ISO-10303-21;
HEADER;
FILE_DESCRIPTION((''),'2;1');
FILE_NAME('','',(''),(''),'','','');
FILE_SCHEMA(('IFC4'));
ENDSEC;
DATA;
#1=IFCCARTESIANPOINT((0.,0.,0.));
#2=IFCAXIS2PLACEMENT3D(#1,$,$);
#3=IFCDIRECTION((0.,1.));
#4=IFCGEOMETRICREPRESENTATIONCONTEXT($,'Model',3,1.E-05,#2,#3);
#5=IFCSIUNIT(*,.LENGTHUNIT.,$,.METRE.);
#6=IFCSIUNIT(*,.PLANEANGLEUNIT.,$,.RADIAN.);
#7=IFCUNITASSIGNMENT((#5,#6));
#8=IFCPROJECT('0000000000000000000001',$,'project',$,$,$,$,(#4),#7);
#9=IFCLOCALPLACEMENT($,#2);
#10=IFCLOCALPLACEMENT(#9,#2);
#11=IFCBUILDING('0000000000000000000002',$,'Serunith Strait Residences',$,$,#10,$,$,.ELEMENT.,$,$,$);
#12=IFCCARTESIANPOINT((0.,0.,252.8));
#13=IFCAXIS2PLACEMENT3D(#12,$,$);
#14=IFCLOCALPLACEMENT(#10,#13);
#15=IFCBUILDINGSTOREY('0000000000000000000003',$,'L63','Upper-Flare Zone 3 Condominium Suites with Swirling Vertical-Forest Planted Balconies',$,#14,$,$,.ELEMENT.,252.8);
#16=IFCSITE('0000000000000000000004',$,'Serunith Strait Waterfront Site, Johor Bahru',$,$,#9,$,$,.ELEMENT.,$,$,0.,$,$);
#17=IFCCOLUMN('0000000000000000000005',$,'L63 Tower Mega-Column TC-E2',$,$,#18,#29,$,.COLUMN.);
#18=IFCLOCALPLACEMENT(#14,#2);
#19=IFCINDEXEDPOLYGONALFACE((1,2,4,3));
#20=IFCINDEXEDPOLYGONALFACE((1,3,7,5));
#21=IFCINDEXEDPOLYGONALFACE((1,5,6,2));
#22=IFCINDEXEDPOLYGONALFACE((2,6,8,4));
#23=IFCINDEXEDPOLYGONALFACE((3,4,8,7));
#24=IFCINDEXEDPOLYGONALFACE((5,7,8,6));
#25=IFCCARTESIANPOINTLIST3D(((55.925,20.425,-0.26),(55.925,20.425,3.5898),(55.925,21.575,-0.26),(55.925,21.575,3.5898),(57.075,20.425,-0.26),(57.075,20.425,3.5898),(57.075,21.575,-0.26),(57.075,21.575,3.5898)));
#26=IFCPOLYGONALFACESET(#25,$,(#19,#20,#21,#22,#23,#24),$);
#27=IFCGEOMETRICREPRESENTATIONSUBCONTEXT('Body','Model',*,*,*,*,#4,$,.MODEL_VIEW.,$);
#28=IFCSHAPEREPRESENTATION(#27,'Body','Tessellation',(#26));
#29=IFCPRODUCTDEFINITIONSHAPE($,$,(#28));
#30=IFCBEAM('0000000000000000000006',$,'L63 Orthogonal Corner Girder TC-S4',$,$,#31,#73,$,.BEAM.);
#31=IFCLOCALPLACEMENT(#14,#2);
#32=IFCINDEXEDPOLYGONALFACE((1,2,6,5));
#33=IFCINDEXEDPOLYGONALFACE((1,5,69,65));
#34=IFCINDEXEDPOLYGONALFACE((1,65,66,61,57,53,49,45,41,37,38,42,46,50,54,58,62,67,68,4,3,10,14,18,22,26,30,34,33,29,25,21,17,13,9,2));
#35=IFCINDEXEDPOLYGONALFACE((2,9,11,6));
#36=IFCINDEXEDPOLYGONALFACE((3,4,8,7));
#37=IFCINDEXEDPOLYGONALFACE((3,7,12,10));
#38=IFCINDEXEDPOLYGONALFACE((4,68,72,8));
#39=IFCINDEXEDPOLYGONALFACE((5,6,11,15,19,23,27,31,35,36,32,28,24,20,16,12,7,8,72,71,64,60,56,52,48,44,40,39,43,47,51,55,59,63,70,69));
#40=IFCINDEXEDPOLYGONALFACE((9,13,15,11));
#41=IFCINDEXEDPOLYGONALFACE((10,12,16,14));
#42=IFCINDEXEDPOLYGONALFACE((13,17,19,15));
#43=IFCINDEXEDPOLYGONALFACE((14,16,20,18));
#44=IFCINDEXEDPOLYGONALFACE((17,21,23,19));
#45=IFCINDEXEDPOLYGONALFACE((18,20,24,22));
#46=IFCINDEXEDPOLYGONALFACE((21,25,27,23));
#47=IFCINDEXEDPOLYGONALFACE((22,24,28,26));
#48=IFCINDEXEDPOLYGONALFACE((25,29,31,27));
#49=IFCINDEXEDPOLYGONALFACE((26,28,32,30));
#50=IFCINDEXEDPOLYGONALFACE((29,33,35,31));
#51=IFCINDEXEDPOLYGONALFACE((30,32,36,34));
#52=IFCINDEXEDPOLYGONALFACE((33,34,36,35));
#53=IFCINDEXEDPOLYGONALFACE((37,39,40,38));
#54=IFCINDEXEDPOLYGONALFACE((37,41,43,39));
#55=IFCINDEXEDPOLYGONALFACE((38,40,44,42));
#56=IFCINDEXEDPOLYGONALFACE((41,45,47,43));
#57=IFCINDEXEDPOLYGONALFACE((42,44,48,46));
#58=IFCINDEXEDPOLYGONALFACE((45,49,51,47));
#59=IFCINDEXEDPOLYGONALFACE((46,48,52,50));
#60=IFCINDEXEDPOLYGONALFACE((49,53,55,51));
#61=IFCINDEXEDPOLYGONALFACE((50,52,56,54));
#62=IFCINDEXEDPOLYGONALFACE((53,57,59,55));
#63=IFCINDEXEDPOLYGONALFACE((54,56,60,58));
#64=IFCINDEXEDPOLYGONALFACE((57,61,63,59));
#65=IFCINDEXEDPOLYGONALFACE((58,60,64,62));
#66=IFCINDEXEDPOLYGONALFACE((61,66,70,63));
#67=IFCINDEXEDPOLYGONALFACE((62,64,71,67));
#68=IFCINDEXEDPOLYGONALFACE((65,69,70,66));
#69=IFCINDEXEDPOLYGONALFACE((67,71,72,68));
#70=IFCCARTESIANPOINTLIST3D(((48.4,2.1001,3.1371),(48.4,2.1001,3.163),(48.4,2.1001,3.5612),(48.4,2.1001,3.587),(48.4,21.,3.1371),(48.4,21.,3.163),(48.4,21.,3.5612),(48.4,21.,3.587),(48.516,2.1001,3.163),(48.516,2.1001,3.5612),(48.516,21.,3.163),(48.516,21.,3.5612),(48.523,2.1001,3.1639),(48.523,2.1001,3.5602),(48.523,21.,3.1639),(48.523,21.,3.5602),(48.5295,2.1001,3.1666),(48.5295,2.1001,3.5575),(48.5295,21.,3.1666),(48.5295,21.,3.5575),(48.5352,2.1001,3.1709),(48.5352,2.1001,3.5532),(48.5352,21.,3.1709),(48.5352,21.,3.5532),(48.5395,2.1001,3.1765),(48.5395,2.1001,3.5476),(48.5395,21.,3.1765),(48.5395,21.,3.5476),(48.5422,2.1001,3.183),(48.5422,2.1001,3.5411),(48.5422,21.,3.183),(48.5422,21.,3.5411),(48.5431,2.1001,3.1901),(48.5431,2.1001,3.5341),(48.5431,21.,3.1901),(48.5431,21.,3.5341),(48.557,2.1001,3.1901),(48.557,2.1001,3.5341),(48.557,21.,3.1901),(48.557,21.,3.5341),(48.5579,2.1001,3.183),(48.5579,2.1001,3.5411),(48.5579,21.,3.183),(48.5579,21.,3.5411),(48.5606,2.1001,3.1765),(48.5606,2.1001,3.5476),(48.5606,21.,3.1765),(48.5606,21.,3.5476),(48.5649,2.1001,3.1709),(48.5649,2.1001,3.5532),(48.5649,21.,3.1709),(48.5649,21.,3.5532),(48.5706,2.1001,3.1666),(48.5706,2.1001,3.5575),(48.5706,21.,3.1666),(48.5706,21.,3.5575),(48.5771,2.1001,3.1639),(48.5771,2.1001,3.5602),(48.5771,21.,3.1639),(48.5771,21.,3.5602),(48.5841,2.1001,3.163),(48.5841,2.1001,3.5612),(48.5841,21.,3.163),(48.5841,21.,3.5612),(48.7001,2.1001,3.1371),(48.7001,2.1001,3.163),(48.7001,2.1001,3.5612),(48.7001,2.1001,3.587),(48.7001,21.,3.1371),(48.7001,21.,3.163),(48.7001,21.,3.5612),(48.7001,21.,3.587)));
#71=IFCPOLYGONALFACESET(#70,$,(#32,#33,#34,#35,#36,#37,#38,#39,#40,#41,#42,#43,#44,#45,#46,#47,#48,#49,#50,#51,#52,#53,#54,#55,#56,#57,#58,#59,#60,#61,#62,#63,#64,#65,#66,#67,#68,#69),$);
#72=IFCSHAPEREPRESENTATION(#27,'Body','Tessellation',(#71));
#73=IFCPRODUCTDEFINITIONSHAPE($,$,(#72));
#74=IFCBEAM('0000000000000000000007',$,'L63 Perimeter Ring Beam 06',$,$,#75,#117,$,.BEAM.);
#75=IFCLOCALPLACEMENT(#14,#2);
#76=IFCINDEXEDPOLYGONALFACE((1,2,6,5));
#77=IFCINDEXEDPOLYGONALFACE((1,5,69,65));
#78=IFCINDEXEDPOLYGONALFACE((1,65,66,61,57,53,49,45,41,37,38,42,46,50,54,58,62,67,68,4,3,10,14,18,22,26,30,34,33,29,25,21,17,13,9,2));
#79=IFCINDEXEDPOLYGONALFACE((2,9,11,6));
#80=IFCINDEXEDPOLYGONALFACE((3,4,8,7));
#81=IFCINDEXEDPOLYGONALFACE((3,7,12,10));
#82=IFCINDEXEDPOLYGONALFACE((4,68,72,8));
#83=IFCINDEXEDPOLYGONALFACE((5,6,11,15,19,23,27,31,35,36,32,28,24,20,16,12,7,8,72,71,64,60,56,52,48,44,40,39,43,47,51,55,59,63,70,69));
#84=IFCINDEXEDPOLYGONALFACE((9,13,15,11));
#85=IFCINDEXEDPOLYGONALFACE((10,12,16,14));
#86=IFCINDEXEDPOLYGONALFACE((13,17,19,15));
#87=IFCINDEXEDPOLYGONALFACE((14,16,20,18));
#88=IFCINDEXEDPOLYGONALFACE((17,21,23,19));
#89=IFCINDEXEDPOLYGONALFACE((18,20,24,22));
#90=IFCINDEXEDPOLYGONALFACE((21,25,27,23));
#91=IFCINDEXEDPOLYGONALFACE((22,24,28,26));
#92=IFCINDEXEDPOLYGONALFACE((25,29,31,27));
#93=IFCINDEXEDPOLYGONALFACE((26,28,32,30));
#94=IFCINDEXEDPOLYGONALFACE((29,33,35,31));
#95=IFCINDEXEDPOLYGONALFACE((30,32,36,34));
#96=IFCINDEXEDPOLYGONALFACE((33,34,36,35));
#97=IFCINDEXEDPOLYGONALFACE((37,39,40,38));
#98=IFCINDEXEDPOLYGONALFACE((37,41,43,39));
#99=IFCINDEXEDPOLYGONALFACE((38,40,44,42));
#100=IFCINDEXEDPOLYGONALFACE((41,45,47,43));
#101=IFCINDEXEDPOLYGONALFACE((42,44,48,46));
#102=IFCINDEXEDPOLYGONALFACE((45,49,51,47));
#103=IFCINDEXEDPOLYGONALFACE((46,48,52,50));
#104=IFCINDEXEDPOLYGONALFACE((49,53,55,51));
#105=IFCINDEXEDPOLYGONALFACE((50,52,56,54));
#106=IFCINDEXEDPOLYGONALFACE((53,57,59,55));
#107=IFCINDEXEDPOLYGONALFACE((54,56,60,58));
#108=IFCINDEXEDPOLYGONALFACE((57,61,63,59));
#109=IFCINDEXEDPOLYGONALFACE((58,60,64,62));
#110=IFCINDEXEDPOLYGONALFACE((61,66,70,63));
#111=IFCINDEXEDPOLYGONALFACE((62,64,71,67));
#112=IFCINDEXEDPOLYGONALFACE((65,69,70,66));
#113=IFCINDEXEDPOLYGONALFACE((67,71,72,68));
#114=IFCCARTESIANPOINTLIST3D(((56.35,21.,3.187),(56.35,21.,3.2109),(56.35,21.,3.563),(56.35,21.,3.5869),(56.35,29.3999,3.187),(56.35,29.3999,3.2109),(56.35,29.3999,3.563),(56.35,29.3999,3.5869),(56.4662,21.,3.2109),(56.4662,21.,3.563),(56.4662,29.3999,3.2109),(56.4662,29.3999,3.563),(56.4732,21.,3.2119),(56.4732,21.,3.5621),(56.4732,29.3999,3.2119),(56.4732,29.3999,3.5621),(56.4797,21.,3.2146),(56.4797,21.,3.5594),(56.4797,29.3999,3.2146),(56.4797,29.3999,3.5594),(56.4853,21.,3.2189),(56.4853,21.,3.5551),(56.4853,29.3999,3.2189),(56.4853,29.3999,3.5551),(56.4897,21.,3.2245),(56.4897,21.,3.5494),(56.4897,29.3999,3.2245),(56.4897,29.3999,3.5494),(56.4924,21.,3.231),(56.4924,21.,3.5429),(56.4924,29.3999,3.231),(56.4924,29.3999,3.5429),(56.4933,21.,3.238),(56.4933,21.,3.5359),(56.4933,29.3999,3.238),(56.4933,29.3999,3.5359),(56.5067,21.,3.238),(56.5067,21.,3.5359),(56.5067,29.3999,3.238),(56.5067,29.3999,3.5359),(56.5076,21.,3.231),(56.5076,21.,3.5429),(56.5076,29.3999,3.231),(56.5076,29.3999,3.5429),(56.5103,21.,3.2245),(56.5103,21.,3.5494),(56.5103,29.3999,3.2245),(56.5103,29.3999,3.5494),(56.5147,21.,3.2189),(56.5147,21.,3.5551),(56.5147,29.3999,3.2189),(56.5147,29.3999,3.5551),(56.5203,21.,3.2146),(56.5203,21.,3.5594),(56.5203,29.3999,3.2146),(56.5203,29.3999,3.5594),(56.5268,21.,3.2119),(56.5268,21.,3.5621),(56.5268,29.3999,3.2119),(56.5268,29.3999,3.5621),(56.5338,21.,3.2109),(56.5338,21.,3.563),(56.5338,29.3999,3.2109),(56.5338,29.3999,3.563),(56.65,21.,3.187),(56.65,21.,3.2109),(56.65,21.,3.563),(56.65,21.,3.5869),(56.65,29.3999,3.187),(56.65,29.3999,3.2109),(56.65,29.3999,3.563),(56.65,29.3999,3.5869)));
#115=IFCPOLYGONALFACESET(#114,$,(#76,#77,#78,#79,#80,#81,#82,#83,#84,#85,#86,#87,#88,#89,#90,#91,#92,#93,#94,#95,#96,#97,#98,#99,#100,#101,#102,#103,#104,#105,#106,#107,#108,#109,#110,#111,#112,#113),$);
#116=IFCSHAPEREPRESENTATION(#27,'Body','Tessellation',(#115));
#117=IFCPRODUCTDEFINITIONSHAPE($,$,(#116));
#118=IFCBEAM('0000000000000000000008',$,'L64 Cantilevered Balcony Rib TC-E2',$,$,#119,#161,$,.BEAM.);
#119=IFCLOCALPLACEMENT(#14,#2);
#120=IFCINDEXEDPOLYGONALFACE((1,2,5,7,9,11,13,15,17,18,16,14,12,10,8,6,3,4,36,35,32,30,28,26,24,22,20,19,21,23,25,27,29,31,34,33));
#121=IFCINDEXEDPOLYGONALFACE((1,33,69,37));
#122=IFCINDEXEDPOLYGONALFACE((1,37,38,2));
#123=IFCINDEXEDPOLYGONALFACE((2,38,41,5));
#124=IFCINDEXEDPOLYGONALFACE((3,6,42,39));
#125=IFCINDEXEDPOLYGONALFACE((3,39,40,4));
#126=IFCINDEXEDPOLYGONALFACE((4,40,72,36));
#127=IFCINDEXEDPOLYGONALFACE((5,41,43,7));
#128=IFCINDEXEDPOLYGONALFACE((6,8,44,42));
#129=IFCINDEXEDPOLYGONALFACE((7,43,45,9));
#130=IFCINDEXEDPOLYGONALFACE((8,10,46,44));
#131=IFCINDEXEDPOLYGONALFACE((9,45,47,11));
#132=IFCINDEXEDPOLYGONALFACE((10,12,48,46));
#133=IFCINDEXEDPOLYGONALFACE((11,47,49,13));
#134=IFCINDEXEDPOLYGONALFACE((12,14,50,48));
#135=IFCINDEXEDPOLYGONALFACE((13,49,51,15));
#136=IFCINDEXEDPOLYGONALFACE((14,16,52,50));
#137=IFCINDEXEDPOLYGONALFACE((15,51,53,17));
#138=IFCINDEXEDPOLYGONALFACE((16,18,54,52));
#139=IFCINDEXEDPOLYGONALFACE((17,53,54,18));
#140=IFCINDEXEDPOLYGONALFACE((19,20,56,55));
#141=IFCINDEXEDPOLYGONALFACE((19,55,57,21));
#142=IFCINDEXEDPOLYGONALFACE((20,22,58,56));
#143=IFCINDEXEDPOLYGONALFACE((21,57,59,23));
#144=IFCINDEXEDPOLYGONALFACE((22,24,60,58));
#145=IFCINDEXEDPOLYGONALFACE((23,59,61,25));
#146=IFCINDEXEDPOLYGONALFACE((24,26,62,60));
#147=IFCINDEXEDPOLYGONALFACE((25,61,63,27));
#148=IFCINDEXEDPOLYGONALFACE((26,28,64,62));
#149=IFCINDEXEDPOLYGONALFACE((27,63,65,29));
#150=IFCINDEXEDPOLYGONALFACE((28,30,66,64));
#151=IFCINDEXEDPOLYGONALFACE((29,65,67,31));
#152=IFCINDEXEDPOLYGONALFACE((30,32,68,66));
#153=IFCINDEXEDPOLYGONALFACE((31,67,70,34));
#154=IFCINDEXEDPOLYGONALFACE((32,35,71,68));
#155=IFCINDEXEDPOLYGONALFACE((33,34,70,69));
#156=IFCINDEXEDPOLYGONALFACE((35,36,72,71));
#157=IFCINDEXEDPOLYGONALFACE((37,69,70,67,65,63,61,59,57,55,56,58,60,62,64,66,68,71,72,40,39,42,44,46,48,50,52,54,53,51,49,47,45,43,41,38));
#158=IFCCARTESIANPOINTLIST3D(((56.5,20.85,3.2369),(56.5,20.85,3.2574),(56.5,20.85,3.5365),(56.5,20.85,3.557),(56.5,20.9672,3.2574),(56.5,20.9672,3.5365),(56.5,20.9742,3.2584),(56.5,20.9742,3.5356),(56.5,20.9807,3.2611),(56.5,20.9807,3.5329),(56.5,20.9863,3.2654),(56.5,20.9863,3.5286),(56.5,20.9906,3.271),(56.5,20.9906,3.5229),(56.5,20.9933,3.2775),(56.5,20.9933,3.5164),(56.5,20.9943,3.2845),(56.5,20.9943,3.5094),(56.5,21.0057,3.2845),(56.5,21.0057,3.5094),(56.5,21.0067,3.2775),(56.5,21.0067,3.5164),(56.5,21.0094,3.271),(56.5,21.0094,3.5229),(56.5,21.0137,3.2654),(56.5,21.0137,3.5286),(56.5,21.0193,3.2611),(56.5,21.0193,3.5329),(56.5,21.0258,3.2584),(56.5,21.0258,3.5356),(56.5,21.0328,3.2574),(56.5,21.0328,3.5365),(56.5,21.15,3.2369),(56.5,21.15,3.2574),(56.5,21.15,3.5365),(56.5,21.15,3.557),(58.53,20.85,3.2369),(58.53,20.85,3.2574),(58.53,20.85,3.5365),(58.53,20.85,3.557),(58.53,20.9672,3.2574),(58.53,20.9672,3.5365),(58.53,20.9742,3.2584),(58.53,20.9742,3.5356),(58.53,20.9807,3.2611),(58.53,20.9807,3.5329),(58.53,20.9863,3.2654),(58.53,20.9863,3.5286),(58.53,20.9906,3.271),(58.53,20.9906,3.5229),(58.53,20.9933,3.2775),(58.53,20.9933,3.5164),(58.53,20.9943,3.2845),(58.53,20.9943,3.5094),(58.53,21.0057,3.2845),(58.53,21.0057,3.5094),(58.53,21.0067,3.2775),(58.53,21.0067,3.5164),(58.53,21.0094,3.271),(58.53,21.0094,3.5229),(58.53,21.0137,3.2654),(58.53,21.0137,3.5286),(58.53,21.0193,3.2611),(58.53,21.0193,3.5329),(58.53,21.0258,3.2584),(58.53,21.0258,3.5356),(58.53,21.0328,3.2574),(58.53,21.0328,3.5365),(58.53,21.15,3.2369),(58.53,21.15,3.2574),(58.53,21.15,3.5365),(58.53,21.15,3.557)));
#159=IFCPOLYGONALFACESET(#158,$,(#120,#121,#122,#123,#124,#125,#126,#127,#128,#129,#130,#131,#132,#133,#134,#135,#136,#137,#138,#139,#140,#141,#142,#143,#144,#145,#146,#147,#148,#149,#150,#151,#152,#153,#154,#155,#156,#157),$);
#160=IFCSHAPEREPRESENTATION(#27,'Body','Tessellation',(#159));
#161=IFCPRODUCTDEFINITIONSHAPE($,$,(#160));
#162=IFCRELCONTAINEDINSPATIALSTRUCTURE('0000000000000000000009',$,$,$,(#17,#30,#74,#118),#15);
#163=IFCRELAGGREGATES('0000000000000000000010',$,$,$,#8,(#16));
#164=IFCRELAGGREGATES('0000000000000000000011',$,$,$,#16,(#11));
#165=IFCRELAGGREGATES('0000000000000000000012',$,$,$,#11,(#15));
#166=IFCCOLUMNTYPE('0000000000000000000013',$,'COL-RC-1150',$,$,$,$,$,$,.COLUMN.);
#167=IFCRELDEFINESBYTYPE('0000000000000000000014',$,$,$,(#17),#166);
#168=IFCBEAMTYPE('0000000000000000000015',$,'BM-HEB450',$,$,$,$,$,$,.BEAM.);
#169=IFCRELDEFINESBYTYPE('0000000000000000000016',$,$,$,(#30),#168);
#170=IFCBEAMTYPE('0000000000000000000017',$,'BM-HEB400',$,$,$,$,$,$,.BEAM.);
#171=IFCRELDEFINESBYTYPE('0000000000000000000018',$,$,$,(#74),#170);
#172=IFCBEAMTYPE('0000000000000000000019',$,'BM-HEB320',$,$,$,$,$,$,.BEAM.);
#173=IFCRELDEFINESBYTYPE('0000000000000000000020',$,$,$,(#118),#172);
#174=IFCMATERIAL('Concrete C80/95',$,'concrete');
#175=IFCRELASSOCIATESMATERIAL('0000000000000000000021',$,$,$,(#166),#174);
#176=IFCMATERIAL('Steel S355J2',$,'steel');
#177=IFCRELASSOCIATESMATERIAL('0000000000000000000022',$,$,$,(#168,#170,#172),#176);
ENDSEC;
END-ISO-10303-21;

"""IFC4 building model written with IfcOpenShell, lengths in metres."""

from ifc_helpers import new_model, si_unit, direction, frame, origin, origin_2d, place, context, subcontext, project, spatial, rectangle, i_section, extrude, source, transform, mapped, material, material_profile, profile_set, type_object, element, save


model = new_model("IFC4")

# Units and contexts
model_context = context("Model", 3, precision=1e-05, world=origin(), true_north=direction((0.0, 1.0)))
body_context = subcontext(model_context, "Body", "Model", "MODEL_VIEW")
ifc_project = project(units=[si_unit("LENGTHUNIT", "METRE"), si_unit("PLANEANGLEUNIT", "RADIAN")], contexts=[model_context])

# Site, building, storey
site_placement = place(None, origin())
site = spatial("IfcSite", under=ifc_project, at=site_placement, Name="Serunith Strait Waterfront Site, Johor Bahru", CompositionType="ELEMENT", RefElevation=0.0)
building_placement = place(site_placement, origin())
building = spatial("IfcBuilding", under=site, at=building_placement, Name="Serunith Strait Residences", CompositionType="ELEMENT")
storey_placement = place(building_placement, frame((0.0, 0.0, 252.8)))
storey = spatial("IfcBuildingStorey", under=building, at=storey_placement, Name="L63", Description="Upper-Flare Zone 3 Condominium Suites with Swirling Vertical-Forest Planted Balconies", CompositionType="ELEMENT", Elevation=252.8)

# Column
ifc_material_1 = material(Name="Concrete C80/95", Category="concrete")
ifc_material_profile_1 = material_profile(ifc_material_1, rectangle(XDim=1.1499, YDim=1.1499, at=origin_2d()), Name="RC 1150x1150")
ifc_profile_set_1 = profile_set([ifc_material_profile_1], Name="Concrete C80/95")
column_type = type_object("IfcColumnType", Name="COL-RC-1150", PredefinedType="COLUMN", material=ifc_profile_set_1)
shared_shape_1 = source(origin(), body_context, "Body", "SweptSolid", [
    extrude(rectangle(XDim=1.1499, YDim=1.1499, at=origin_2d()), origin(), (0.0, 0.0, 1.0), 3.8499),
])
column_placement = place(storey_placement, frame((56.5, 21.0, -0.26), z_axis=(0.0, 0.0, 1.0), x_axis=(1.0, 0.0, 0.0)))
element("IfcColumn", 1, at=column_placement, inside=storey, type_object=column_type, Name="L63 Tower Mega-Column TC-E2", PredefinedType="COLUMN", context=body_context, shape_type="MappedRepresentation", body=[
    mapped(shared_shape_1, transform((0.0, 0.0, 0.0), scale=1.0)),
])

# Beams
ifc_material_2 = material(Name="Steel S355J2", Category="steel")
ifc_material_profile_2 = material_profile(ifc_material_2, i_section(OverallWidth=0.3, OverallDepth=0.45, WebThickness=0.0139, FlangeThickness=0.0259, FilletRadius=0.0271, at=origin_2d()), Name="HEB 450")
ifc_profile_set_2 = profile_set([ifc_material_profile_2], Name="Steel S355J2")
beam_type_1 = type_object("IfcBeamType", Name="BM-HEB450", PredefinedType="BEAM", material=ifc_profile_set_2)
shared_shape_2 = source(origin(), body_context, "Body", "SweptSolid", [
    extrude(i_section(OverallWidth=0.3, OverallDepth=0.45, WebThickness=0.0139, FlangeThickness=0.0259, FilletRadius=0.0271, at=origin_2d()), origin(), (0.0, 0.0, 1.0), 18.8999),
])
beam_1_placement = place(storey_placement, frame((48.55, 21.0, 3.3621), z_axis=(0.0, -1.0, 0.0), x_axis=(1.0, 0.0, 0.0)))
element("IfcBeam", 2, at=beam_1_placement, inside=storey, type_object=beam_type_1, Name="L63 Orthogonal Corner Girder TC-S4", PredefinedType="BEAM", context=body_context, shape_type="MappedRepresentation", body=[
    mapped(shared_shape_2, transform((0.0, 0.0, 0.0), scale=1.0)),
])
ifc_material_profile_3 = material_profile(ifc_material_2, i_section(OverallWidth=0.3, OverallDepth=0.3999, WebThickness=0.0134, FlangeThickness=0.0239, FilletRadius=0.0271, at=origin_2d()), Name="HEB 400")
ifc_profile_set_3 = profile_set([ifc_material_profile_3], Name="Steel S355J2")
beam_type_2 = type_object("IfcBeamType", Name="BM-HEB400", PredefinedType="BEAM", material=ifc_profile_set_3)
shared_shape_3 = source(origin(), body_context, "Body", "SweptSolid", [
    extrude(i_section(OverallWidth=0.3, OverallDepth=0.3999, WebThickness=0.0134, FlangeThickness=0.0239, FilletRadius=0.0271, at=origin_2d()), origin(), (0.0, 0.0, 1.0), 8.3999),
])
beam_2_placement = place(storey_placement, frame((56.5, 21.0, 3.387), z_axis=(0.0, 1.0, 0.0), x_axis=(-1.0, 0.0, 0.0)))
element("IfcBeam", 3, at=beam_2_placement, inside=storey, type_object=beam_type_2, Name="L63 Perimeter Ring Beam 06", PredefinedType="BEAM", context=body_context, shape_type="MappedRepresentation", body=[
    mapped(shared_shape_3, transform((0.0, 0.0, 0.0), scale=1.0)),
])
ifc_material_profile_4 = material_profile(ifc_material_2, i_section(OverallWidth=0.3, OverallDepth=0.3201, WebThickness=0.0115, FlangeThickness=0.0205, FilletRadius=0.0271, at=origin_2d()), Name="HEB 320")
ifc_profile_set_4 = profile_set([ifc_material_profile_4], Name="Steel S355J2")
beam_type_3 = type_object("IfcBeamType", Name="BM-HEB320", PredefinedType="BEAM", material=ifc_profile_set_4)
shared_shape_4 = source(origin(), body_context, "Body", "SweptSolid", [
    extrude(i_section(OverallWidth=0.3, OverallDepth=0.3201, WebThickness=0.0115, FlangeThickness=0.0205, FilletRadius=0.0271, at=origin_2d()), origin(), (0.0, 0.0, 1.0), 2.03),
])
beam_3_placement = place(storey_placement, frame((56.5, 21.0, 3.397), z_axis=(1.0, 0.0, 0.0), x_axis=(0.0, 1.0, 0.0)))
element("IfcBeam", 4, at=beam_3_placement, inside=storey, type_object=beam_type_3, Name="L64 Cantilevered Balcony Rib TC-E2", PredefinedType="BEAM", context=body_context, shape_type="MappedRepresentation", body=[
    mapped(shared_shape_4, transform((0.0, 0.0, 0.0), scale=1.0)),
])

save(model, "model.ifc")
